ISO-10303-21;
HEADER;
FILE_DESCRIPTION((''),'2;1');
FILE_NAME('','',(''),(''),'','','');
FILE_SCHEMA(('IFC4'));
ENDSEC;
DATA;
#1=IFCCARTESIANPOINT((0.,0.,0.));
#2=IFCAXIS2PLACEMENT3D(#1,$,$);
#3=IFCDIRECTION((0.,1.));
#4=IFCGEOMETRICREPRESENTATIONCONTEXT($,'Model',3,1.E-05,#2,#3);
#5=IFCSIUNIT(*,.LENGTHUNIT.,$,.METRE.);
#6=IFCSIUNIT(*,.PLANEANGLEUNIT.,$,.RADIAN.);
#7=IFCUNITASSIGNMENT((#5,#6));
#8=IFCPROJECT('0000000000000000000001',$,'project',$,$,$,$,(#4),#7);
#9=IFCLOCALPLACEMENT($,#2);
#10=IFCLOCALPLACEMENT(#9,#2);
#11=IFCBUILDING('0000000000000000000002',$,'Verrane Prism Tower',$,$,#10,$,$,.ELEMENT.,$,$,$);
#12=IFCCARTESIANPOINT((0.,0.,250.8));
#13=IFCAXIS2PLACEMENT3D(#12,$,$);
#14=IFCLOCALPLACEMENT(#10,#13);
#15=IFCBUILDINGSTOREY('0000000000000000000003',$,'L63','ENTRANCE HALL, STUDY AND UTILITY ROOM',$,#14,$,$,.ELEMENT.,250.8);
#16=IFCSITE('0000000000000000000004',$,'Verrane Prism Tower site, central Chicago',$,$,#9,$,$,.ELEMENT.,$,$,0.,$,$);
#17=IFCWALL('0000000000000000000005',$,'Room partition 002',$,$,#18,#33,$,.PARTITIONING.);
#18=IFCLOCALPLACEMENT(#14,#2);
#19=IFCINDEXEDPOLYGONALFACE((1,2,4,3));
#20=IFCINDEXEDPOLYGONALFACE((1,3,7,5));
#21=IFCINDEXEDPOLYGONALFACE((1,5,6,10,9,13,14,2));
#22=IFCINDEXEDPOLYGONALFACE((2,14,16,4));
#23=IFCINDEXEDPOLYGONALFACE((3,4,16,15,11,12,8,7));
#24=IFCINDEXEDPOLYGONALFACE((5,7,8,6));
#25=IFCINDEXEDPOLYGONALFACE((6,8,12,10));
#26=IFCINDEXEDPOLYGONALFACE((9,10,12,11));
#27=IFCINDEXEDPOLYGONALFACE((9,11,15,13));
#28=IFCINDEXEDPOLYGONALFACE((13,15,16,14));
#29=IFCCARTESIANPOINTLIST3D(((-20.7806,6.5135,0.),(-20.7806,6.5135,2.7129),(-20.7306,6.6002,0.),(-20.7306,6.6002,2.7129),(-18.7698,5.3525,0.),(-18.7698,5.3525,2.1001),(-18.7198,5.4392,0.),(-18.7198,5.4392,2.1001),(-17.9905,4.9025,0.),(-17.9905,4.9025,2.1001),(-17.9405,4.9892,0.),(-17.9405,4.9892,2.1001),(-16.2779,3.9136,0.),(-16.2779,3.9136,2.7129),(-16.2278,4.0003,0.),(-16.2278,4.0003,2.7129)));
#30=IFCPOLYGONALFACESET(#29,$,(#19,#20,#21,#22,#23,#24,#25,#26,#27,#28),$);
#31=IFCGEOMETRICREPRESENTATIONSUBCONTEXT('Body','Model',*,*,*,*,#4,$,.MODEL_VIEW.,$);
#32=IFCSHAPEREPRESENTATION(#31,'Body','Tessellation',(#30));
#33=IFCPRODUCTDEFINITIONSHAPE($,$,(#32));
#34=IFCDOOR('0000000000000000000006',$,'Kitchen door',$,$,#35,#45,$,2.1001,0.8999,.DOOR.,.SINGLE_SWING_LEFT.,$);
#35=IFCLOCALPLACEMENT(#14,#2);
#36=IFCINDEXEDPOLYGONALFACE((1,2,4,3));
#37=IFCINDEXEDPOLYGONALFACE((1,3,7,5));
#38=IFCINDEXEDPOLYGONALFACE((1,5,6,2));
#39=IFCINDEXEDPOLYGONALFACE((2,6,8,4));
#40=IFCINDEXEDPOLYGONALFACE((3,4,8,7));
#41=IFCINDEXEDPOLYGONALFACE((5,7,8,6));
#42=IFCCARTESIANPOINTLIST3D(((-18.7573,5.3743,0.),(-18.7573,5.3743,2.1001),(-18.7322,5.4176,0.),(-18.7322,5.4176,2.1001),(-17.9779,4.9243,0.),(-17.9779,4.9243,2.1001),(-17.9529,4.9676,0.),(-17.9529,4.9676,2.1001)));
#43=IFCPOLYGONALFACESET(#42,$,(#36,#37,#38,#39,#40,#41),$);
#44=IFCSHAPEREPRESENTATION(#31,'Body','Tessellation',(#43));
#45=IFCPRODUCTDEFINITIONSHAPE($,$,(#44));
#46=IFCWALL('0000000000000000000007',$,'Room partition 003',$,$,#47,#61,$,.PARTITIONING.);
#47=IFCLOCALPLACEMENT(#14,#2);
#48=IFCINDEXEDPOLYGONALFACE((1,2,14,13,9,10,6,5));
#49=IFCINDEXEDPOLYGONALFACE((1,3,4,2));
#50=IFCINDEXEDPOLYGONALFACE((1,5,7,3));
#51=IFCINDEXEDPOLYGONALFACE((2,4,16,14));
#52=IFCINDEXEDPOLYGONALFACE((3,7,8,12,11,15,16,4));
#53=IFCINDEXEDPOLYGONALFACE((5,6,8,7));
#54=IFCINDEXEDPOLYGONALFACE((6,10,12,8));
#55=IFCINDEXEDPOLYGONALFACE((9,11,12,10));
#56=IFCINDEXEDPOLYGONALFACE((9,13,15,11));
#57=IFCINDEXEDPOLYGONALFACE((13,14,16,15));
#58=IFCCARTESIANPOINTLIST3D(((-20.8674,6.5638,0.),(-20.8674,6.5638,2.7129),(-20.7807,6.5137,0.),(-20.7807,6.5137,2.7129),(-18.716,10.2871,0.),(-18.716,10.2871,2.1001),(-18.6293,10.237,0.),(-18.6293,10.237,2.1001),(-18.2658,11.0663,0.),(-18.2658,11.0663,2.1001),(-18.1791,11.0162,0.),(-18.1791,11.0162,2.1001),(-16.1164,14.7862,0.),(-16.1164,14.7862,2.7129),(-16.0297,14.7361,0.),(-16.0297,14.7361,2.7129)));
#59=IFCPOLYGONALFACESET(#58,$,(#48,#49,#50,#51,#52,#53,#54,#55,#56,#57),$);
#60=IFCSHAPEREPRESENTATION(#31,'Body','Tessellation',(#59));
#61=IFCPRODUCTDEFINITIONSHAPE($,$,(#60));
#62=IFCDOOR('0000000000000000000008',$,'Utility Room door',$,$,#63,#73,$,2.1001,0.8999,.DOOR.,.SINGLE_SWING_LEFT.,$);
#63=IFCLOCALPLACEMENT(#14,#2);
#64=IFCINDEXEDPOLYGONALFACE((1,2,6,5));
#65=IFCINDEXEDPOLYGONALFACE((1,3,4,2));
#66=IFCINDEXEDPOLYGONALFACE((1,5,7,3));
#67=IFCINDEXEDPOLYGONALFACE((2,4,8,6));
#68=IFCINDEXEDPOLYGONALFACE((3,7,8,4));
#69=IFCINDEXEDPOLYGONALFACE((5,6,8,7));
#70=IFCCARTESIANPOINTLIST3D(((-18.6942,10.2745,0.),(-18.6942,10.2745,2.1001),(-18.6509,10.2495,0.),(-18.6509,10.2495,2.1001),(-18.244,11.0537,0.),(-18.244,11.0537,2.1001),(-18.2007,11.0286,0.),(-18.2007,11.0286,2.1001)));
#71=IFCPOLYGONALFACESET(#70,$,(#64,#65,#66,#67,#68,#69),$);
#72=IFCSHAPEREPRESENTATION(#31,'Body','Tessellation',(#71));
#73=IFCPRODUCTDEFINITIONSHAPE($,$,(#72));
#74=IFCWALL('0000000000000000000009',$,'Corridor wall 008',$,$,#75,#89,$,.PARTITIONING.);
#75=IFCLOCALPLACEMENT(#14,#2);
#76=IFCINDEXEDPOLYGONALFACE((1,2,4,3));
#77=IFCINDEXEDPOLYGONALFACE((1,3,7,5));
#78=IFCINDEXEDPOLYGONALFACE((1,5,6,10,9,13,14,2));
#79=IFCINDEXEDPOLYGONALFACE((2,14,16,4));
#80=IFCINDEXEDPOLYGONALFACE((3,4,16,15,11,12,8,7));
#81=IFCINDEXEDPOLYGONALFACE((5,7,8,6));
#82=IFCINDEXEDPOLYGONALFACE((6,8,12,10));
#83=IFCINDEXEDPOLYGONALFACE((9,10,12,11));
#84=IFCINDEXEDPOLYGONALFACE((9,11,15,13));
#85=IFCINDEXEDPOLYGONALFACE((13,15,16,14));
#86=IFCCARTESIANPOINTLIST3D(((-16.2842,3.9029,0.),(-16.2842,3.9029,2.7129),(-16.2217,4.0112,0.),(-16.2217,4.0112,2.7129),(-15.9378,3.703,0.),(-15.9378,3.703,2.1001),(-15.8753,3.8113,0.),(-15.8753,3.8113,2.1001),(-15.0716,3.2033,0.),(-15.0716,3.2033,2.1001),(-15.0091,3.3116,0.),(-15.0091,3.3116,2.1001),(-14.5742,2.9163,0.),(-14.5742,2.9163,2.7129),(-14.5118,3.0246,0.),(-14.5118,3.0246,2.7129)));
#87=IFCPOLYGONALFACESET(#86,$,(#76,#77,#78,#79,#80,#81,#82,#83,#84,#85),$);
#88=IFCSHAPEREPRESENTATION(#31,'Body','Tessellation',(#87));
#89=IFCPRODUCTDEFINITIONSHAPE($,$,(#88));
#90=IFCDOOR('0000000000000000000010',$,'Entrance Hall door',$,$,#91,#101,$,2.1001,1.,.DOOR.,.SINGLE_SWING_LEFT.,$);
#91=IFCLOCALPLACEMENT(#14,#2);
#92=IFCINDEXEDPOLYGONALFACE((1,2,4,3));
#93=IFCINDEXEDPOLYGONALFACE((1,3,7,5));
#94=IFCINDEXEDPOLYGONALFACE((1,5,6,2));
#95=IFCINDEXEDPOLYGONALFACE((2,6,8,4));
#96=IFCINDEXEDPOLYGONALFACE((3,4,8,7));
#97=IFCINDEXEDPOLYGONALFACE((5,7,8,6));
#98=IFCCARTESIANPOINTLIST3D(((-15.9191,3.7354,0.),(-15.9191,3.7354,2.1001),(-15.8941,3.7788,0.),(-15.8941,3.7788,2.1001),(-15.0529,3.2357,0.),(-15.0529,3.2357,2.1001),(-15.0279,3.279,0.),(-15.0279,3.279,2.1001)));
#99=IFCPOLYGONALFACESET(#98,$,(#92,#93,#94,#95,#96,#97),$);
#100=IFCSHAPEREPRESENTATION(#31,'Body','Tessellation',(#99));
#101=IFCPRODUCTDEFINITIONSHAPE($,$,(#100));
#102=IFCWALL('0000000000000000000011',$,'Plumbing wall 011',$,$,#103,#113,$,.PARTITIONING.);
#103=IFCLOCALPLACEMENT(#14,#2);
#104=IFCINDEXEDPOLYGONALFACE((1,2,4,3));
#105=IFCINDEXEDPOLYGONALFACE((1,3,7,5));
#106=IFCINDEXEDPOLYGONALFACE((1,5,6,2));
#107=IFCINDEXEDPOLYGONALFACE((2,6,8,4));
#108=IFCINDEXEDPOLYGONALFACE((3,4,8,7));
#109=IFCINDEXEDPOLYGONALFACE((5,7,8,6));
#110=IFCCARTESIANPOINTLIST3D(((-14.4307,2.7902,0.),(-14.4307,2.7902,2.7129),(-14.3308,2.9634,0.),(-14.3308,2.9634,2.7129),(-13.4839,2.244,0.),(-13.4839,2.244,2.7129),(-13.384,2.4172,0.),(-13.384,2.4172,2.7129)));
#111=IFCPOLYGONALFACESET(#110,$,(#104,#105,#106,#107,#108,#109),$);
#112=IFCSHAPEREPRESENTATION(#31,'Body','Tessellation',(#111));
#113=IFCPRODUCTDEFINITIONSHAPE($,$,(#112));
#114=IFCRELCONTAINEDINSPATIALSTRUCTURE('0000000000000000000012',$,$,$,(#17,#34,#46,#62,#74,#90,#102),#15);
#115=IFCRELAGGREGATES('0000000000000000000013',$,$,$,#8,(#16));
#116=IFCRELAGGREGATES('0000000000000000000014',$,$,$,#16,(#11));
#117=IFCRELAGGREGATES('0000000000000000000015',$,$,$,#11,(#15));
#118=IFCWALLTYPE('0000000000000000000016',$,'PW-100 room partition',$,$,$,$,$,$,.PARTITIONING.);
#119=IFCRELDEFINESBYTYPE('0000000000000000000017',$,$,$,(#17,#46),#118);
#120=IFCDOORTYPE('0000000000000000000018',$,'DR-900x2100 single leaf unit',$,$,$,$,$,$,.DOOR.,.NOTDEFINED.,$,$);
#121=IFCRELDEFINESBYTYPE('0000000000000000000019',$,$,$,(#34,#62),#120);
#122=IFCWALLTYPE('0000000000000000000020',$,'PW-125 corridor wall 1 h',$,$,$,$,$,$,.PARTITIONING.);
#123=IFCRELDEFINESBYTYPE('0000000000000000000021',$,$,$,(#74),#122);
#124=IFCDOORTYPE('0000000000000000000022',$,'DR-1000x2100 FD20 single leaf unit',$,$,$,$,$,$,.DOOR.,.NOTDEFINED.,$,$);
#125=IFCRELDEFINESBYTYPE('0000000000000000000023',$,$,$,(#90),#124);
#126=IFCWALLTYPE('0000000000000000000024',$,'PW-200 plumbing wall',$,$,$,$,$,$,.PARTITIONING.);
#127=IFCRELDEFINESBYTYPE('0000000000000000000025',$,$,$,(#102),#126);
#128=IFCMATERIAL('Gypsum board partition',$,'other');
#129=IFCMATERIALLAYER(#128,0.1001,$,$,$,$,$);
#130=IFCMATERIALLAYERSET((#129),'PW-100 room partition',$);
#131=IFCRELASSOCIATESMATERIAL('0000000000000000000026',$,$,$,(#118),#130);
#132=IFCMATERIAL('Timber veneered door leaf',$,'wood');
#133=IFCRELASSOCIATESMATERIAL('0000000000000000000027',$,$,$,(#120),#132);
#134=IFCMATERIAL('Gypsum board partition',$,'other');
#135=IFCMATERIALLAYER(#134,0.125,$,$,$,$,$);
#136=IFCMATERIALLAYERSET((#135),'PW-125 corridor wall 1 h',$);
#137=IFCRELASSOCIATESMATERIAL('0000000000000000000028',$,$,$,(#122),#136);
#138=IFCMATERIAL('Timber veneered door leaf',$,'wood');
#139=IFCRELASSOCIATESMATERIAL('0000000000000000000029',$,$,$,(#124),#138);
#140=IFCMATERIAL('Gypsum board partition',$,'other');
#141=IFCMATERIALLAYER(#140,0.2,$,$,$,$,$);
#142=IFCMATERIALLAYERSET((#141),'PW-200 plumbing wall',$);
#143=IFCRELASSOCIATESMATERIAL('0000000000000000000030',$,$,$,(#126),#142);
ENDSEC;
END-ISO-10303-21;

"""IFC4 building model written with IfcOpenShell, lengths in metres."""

from ifc_helpers import new_model, si_unit, direction, frame, frame_2d, origin, place, context, subcontext, project, spatial, rectangle, extrude, material, layer, layer_set, type_object, element, fill, save


model = new_model("IFC4")

# Units and contexts
model_context = context("Model", 3, precision=1e-05, world=origin(), true_north=direction((0.0, 1.0)))
body_context = subcontext(model_context, "Body", "Model", "MODEL_VIEW")
ifc_project = project(units=[si_unit("LENGTHUNIT", "METRE"), si_unit("PLANEANGLEUNIT", "RADIAN")], contexts=[model_context])

# Site, building, storey
site_placement = place(None, origin())
site = spatial("IfcSite", under=ifc_project, at=site_placement, Name="Verrane Prism Tower site, central Chicago", CompositionType="ELEMENT", RefElevation=0.0)
building_placement = place(site_placement, origin())
building = spatial("IfcBuilding", under=site, at=building_placement, Name="Verrane Prism Tower", CompositionType="ELEMENT")
storey_placement = place(building_placement, frame((0.0, 0.0, 250.8)))
storey = spatial("IfcBuildingStorey", under=building, at=storey_placement, Name="L63", Description="ENTRANCE HALL, STUDY AND UTILITY ROOM", CompositionType="ELEMENT", Elevation=250.8)

# Shared definitions
ifc_material_1 = material(Name="Gypsum board partition", Category="other")
ifc_layer_1 = layer(ifc_material_1, 0.1001)
ifc_layer_set_1 = layer_set([ifc_layer_1], Name="PW-100 room partition")
wall_type_1 = type_object("IfcWallType", Name="PW-100 room partition", PredefinedType="PARTITIONING", material=ifc_layer_set_1)

# Walls, openings, doors
wall_1_placement = place(storey_placement, frame((-16.2529, 3.957, 0.0), z_axis=(0.0, 0.0, 1.0), x_axis=(-0.866007, 0.500033, 0.0)))
wall_1 = element("IfcWall", 1, at=wall_1_placement, inside=storey, type_object=wall_type_1, Name="Room partition 002", PredefinedType="PARTITIONING", context=body_context, shape_type="SweptSolid", body=[
    extrude(rectangle(XDim=5.1995, YDim=0.1001, at=frame_2d((2.5996, 0.0))), origin(), (0.0, 0.0, 1.0), 2.7129),
])
opening_1_placement = place(wall_1_placement, frame((1.9775, 0.0, 0.0)))
opening_1 = element("IfcOpeningElement", 2, at=opening_1_placement, cuts=wall_1, PredefinedType="OPENING", context=body_context, shape_type="SweptSolid", body=[
    extrude(rectangle(XDim=0.8999, YDim=2.1001, at=frame_2d((0.45, 1.05))), frame((0.0, 0.0601, 0.0), z_axis=(0.0, -1.0, 0.0), x_axis=(1.0, 0.0, 0.0)), (0.0, 0.0, 1.0), 0.1201),
])
ifc_material_2 = material(Name="Timber veneered door leaf", Category="wood")
door_type_1 = type_object("IfcDoorType", Name="DR-900x2100 single leaf unit", OperationType="NOTDEFINED", PredefinedType="DOOR", material=ifc_material_2)
door_1_placement = place(opening_1_placement, origin())
door_1 = element("IfcDoor", 3, at=door_1_placement, inside=storey, type_object=door_type_1, Name="Kitchen door", OperationType="SINGLE_SWING_LEFT", OverallHeight=2.1001, OverallWidth=0.8999, PredefinedType="DOOR", context=body_context, shape_type="SweptSolid", body=[
    extrude(rectangle(XDim=0.8999, YDim=2.1001, at=frame_2d((0.45, 1.05))), frame((0.0, 0.0249, 0.0), z_axis=(0.0, -1.0, 0.0), x_axis=(1.0, 0.0, 0.0)), (0.0, 0.0, 1.0), 0.05),
])
fill(opening_1, door_1)
wall_2_placement = place(storey_placement, frame((-20.824, 6.5388, 0.0), z_axis=(0.0, 0.0, 1.0), x_axis=(0.500297, 0.865854, 0.0)))
wall_2 = element("IfcWall", 4, at=wall_2_placement, inside=storey, type_object=wall_type_1, Name="Room partition 003", PredefinedType="PARTITIONING", context=body_context, shape_type="SweptSolid", body=[
    extrude(rectangle(XDim=9.4963, YDim=0.1001, at=frame_2d((4.748, 0.0))), origin(), (0.0, 0.0, 1.0), 2.7129),
])
opening_2_placement = place(wall_2_placement, frame((4.3, 0.0, 0.0)))
opening_2 = element("IfcOpeningElement", 5, at=opening_2_placement, cuts=wall_2, PredefinedType="OPENING", context=body_context, shape_type="SweptSolid", body=[
    extrude(rectangle(XDim=0.8999, YDim=2.1001, at=frame_2d((0.45, 1.05))), frame((0.0, 0.0601, 0.0), z_axis=(0.0, -1.0, 0.0), x_axis=(1.0, 0.0, 0.0)), (0.0, 0.0, 1.0), 0.1201),
])
door_2_placement = place(opening_2_placement, origin())
door_2 = element("IfcDoor", 6, at=door_2_placement, inside=storey, type_object=door_type_1, Name="Utility Room door", OperationType="SINGLE_SWING_LEFT", OverallHeight=2.1001, OverallWidth=0.8999, PredefinedType="DOOR", context=body_context, shape_type="SweptSolid", body=[
    extrude(rectangle(XDim=0.8999, YDim=2.1001, at=frame_2d((0.45, 1.05))), frame((0.0, 0.0249, 0.0), z_axis=(0.0, -1.0, 0.0), x_axis=(1.0, 0.0, 0.0)), (0.0, 0.0, 1.0), 0.05),
])
fill(opening_2, door_2)
ifc_material_3 = material(Name="Gypsum board partition", Category="other")
ifc_layer_2 = layer(ifc_material_3, 0.125)
ifc_layer_set_2 = layer_set([ifc_layer_2], Name="PW-125 corridor wall 1 h")
wall_type_2 = type_object("IfcWallType", Name="PW-125 corridor wall 1 h", PredefinedType="PARTITIONING", material=ifc_layer_set_2)
wall_3_placement = place(storey_placement, frame((-16.2529, 3.957, 0.0), z_axis=(0.0, 0.0, 1.0), x_axis=(0.866173, -0.499744, 0.0)))
wall_3 = element("IfcWall", 7, at=wall_3_placement, inside=storey, type_object=wall_type_2, Name="Corridor wall 008", PredefinedType="PARTITIONING", context=body_context, shape_type="SweptSolid", body=[
    extrude(rectangle(XDim=1.9741, YDim=0.125, at=frame_2d((0.9871, 0.0))), origin(), (0.0, 0.0, 1.0), 2.7129),
])
opening_3_placement = place(wall_3_placement, frame((0.3999, 0.0, 0.0)))
opening_3 = element("IfcOpeningElement", 8, at=opening_3_placement, cuts=wall_3, PredefinedType="OPENING", context=body_context, shape_type="SweptSolid", body=[
    extrude(rectangle(XDim=1.0, YDim=2.1001, at=frame_2d((0.5, 1.05))), frame((0.0, 0.0725, 0.0), z_axis=(0.0, -1.0, 0.0), x_axis=(1.0, 0.0, 0.0)), (0.0, 0.0, 1.0), 0.145),
])
ifc_material_4 = material(Name="Timber veneered door leaf", Category="wood")
door_type_2 = type_object("IfcDoorType", Name="DR-1000x2100 FD20 single leaf unit", OperationType="NOTDEFINED", PredefinedType="DOOR", material=ifc_material_4)
door_3_placement = place(opening_3_placement, origin())
door_3 = element("IfcDoor", 9, at=door_3_placement, inside=storey, type_object=door_type_2, Name="Entrance Hall door", OperationType="SINGLE_SWING_LEFT", OverallHeight=2.1001, OverallWidth=1.0, PredefinedType="DOOR", context=body_context, shape_type="SweptSolid", body=[
    extrude(rectangle(XDim=1.0, YDim=2.1001, at=frame_2d((0.5, 1.05))), frame((0.0, 0.0249, 0.0), z_axis=(0.0, -1.0, 0.0), x_axis=(1.0, 0.0, 0.0)), (0.0, 0.0, 1.0), 0.05),
])
fill(opening_3, door_3)

# Wall
ifc_material_5 = material(Name="Gypsum board partition", Category="other")
ifc_layer_3 = layer(ifc_material_5, 0.2)
ifc_layer_set_3 = layer_set([ifc_layer_3], Name="PW-200 plumbing wall")
wall_type_3 = type_object("IfcWallType", Name="PW-200 plumbing wall", PredefinedType="PARTITIONING", material=ifc_layer_set_3)
wall_4_placement = place(storey_placement, frame((-14.3806, 2.8767, 0.0), z_axis=(0.0, 0.0, 1.0), x_axis=(0.866215, -0.499671, 0.0)))
element("IfcWall", 10, at=wall_4_placement, inside=storey, type_object=wall_type_3, Name="Plumbing wall 011", PredefinedType="PARTITIONING", context=body_context, shape_type="SweptSolid", body=[
    extrude(rectangle(XDim=1.093, YDim=0.2, at=frame_2d((0.5464, 0.0))), origin(), (0.0, 0.0, 1.0), 2.7129),
])

save(model, "model.ifc")
